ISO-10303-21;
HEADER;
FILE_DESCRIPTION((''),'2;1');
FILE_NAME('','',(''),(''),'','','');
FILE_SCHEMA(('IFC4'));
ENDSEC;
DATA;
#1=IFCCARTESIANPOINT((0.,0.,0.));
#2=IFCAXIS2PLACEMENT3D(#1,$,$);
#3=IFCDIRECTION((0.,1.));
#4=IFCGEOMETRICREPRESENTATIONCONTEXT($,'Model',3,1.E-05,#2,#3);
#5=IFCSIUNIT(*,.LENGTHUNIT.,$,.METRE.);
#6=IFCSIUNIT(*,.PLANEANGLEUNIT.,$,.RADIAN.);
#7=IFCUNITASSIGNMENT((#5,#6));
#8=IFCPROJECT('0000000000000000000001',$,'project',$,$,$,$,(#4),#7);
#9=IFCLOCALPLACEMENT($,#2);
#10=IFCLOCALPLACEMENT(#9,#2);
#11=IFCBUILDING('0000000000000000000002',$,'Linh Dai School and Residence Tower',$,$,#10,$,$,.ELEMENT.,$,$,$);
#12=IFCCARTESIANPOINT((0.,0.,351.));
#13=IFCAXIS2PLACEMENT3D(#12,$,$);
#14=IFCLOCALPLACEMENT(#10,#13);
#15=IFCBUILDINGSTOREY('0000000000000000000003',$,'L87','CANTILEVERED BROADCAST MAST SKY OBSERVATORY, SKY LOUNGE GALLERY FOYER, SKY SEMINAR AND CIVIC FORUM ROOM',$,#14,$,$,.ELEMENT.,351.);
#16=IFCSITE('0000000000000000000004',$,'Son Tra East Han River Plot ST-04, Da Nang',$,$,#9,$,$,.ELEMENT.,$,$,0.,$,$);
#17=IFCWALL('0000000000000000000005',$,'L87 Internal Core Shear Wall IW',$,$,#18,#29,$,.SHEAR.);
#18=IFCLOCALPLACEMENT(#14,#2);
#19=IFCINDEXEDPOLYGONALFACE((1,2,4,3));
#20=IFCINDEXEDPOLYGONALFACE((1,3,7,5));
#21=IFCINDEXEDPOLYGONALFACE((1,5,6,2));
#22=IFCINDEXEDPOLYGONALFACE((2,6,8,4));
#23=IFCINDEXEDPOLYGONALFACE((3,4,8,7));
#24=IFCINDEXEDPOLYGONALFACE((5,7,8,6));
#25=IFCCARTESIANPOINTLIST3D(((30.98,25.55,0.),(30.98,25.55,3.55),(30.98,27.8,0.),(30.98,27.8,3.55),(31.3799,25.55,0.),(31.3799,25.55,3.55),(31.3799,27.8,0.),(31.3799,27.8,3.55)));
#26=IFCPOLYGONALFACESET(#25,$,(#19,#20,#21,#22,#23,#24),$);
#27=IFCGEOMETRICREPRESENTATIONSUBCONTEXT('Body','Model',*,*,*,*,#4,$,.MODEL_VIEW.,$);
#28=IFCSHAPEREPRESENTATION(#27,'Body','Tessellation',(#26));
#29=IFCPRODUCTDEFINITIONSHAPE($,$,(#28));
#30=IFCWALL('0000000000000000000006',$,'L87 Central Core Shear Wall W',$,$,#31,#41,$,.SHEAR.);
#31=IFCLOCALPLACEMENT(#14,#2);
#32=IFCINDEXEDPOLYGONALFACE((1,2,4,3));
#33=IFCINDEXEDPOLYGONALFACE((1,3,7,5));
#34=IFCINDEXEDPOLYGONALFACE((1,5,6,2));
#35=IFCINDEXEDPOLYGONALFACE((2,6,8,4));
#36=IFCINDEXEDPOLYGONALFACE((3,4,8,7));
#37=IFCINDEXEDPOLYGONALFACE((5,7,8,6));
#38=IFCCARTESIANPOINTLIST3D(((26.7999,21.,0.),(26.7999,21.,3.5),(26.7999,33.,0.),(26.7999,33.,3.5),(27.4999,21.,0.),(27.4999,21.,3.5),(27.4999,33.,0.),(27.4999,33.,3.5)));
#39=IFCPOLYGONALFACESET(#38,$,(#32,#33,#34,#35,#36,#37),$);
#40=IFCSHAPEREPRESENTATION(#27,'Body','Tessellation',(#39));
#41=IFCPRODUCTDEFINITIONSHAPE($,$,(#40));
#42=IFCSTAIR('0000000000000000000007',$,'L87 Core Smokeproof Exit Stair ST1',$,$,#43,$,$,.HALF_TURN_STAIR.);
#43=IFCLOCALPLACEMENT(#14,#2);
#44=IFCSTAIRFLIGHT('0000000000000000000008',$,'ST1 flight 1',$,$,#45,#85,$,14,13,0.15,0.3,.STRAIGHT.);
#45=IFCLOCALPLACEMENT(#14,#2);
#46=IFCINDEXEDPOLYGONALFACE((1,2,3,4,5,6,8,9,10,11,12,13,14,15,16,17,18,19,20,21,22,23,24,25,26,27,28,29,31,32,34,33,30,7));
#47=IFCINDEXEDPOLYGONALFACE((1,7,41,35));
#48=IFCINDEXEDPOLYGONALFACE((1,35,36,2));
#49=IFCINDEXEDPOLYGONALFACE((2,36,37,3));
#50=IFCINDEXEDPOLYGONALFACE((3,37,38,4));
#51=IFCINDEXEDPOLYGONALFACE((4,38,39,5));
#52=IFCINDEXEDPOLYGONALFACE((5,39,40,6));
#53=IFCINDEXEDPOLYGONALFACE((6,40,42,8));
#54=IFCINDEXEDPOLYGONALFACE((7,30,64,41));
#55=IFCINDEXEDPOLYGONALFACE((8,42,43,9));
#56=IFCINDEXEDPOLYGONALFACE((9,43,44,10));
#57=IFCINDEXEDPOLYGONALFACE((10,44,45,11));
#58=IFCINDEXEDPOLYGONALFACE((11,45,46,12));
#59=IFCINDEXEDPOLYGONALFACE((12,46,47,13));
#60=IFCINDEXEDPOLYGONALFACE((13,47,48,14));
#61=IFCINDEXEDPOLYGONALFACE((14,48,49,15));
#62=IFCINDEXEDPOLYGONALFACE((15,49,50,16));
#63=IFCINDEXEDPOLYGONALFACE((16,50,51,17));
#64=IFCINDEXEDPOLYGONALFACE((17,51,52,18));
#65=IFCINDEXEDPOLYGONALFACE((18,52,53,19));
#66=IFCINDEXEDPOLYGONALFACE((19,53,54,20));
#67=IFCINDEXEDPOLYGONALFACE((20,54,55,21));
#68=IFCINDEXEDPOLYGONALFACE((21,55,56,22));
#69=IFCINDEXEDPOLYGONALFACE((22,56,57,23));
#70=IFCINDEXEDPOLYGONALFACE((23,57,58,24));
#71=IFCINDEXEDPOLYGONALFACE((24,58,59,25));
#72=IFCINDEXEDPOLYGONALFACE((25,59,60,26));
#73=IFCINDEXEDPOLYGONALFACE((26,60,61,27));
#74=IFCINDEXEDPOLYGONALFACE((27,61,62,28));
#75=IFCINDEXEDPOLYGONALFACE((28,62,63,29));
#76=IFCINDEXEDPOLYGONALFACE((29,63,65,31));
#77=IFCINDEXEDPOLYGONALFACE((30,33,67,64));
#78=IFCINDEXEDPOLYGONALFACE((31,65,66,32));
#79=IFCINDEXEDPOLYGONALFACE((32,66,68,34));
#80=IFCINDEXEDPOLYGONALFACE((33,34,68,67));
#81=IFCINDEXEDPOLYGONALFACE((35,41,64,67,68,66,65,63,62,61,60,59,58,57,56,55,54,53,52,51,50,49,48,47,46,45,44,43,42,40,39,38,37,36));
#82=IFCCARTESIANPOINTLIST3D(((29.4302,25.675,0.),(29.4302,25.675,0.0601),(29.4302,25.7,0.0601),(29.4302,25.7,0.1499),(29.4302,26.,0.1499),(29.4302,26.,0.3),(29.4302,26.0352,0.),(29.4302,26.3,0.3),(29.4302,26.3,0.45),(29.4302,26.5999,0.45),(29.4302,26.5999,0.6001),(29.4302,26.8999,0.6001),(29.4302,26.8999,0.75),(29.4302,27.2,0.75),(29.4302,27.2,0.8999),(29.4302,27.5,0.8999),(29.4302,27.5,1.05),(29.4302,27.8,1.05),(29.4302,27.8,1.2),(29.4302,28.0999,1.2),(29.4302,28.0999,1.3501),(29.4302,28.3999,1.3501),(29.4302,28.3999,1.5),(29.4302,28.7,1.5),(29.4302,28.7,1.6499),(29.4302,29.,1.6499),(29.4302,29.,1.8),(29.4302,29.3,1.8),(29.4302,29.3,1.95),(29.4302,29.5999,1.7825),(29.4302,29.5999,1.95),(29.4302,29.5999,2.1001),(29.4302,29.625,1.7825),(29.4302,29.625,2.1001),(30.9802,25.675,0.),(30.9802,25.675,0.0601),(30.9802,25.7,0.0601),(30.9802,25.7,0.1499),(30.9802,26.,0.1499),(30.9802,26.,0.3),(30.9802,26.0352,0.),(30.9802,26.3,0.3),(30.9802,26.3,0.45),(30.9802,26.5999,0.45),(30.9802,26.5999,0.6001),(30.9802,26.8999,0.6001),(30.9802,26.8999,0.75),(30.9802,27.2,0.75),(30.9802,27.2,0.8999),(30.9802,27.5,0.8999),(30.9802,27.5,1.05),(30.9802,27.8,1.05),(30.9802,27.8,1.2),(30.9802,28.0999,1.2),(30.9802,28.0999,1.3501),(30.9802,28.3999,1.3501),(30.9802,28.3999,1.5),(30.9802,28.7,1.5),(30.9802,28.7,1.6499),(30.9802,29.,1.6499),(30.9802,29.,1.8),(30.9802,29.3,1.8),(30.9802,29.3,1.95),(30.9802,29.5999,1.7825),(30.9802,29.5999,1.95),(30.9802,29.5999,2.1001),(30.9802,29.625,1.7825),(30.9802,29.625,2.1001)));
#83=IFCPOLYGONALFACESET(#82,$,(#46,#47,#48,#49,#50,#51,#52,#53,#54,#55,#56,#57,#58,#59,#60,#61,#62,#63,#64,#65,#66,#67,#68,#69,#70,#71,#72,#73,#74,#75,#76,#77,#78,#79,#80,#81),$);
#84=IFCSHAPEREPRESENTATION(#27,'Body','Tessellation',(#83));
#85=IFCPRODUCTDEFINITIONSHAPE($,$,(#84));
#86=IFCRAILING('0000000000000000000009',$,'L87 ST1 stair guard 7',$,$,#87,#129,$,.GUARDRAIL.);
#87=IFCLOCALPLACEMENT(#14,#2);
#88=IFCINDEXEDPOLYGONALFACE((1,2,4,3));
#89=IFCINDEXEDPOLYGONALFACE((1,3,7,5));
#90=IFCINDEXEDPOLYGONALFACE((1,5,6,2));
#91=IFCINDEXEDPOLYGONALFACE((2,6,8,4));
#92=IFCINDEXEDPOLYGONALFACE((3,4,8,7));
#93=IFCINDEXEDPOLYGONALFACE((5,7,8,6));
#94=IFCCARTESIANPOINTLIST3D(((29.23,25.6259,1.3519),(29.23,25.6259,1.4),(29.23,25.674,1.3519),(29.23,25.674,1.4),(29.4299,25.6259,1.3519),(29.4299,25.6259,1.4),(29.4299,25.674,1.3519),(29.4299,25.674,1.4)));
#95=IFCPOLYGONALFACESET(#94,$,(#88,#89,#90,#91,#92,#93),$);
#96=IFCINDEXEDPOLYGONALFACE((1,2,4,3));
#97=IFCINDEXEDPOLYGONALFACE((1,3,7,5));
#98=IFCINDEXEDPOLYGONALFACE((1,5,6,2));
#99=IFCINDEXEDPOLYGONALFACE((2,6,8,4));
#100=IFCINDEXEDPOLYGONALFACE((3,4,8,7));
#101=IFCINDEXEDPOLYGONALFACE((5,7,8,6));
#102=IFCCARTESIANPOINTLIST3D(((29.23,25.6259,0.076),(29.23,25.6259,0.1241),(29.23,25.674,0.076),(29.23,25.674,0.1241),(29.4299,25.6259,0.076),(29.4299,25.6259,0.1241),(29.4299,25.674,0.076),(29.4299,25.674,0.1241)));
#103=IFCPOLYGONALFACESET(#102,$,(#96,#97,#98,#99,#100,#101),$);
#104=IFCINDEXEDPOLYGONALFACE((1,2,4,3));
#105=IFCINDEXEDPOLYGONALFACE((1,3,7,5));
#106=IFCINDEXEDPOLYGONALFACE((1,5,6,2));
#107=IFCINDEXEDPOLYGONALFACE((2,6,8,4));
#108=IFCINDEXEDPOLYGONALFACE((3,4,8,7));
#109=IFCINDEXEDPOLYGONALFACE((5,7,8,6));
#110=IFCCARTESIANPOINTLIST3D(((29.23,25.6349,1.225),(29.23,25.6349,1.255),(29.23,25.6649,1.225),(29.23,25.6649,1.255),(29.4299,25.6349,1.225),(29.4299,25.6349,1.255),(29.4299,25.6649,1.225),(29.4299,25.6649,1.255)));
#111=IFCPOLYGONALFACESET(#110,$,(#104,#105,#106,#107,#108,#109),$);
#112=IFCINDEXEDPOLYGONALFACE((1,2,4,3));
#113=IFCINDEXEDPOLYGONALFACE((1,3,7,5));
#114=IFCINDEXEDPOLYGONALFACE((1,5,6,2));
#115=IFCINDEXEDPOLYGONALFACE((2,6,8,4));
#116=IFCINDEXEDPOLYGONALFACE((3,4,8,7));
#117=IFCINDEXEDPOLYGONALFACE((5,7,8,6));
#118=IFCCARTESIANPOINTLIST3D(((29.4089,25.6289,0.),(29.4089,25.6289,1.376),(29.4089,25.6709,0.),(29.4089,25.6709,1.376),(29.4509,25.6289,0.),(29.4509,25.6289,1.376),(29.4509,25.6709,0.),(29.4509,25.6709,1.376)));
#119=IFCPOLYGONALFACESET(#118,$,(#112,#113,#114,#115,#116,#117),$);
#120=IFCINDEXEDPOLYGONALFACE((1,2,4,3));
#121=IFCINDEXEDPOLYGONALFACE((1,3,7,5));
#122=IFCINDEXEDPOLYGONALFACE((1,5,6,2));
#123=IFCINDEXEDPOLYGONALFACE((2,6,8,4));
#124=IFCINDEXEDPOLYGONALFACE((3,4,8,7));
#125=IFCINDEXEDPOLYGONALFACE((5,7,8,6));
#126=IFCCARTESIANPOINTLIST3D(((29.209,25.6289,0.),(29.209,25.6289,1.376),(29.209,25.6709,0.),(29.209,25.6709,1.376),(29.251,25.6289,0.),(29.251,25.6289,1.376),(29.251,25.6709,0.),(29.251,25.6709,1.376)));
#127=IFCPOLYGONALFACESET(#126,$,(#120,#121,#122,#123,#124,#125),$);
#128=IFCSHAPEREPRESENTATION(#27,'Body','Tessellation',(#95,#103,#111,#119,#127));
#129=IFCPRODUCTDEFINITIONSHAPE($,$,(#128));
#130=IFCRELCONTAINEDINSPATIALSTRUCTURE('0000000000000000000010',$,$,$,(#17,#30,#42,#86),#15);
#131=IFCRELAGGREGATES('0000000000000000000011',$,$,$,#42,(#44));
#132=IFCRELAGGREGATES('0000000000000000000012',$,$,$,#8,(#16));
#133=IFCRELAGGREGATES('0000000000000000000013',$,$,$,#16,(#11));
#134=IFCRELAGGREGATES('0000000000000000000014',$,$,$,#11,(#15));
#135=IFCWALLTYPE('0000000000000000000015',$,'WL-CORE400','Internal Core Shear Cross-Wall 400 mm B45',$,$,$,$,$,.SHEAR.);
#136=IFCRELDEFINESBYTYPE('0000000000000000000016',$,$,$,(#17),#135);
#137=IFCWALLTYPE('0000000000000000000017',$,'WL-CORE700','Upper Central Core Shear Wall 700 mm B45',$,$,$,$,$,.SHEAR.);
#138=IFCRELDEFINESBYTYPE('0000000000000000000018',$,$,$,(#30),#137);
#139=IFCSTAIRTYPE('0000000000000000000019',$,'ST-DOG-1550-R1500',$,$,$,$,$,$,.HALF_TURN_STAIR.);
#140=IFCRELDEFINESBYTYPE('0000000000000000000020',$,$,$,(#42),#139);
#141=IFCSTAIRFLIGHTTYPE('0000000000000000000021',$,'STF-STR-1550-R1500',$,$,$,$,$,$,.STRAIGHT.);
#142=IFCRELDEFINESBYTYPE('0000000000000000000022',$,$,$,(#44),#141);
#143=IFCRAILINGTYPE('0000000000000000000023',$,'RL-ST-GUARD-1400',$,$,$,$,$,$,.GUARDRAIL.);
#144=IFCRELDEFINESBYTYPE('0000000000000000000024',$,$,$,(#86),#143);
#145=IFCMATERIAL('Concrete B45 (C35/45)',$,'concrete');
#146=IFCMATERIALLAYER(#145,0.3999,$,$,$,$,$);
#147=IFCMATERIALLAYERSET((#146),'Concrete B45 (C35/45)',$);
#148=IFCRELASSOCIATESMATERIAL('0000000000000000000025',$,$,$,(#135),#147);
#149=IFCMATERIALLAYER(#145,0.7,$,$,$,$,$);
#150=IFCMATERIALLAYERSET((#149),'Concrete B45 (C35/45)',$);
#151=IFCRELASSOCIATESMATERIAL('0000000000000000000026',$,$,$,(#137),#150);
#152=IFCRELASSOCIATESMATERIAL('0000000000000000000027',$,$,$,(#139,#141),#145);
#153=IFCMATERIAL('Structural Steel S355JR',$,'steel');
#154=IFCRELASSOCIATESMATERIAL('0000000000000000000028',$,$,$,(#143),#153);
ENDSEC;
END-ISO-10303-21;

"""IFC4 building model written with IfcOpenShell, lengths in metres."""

from ifc_helpers import new_model, si_unit, direction, frame, frame_2d, origin, origin_2d, place, context, subcontext, project, spatial, polyline, rectangle, outline, extrude, source, transform, mapped, material, layer, layer_set, type_object, element, aggregate, save


model = new_model("IFC4")

# Units and contexts
model_context = context("Model", 3, precision=1e-05, world=origin(), true_north=direction((0.0, 1.0)))
body_context = subcontext(model_context, "Body", "Model", "MODEL_VIEW")
ifc_project = project(units=[si_unit("LENGTHUNIT", "METRE"), si_unit("PLANEANGLEUNIT", "RADIAN")], contexts=[model_context])

# Site, building, storey
site_placement = place(None, origin())
site = spatial("IfcSite", under=ifc_project, at=site_placement, Name="Son Tra East Han River Plot ST-04, Da Nang", CompositionType="ELEMENT", RefElevation=0.0)
building_placement = place(site_placement, origin())
building = spatial("IfcBuilding", under=site, at=building_placement, Name="Linh Dai School and Residence Tower", CompositionType="ELEMENT")
storey_placement = place(building_placement, frame((0.0, 0.0, 351.0)))
storey = spatial("IfcBuildingStorey", under=building, at=storey_placement, Name="L87", Description="CANTILEVERED BROADCAST MAST SKY OBSERVATORY, SKY LOUNGE GALLERY FOYER, SKY SEMINAR AND CIVIC FORUM ROOM", CompositionType="ELEMENT", Elevation=351.0)

# Shared definitions
ifc_material_1 = material(Name="Structural Steel S355JR", Category="steel")

# Shared definitions
ifc_material_2 = material(Name="Concrete B45 (C35/45)", Category="concrete")

# Walls
ifc_layer_1 = layer(ifc_material_2, 0.3999)
ifc_layer_set_1 = layer_set([ifc_layer_1], Name="Concrete B45 (C35/45)")
wall_type_1 = type_object("IfcWallType", Name="WL-CORE400", Description="Internal Core Shear Cross-Wall 400 mm B45", PredefinedType="SHEAR", material=ifc_layer_set_1)
wall_1_placement = place(storey_placement, frame((31.1799, 25.55, 0.0), z_axis=(0.0, 0.0, 1.0), x_axis=(0.0, 1.0, 0.0)))
element("IfcWall", 1, at=wall_1_placement, inside=storey, type_object=wall_type_1, Name="L87 Internal Core Shear Wall IW", PredefinedType="SHEAR", context=body_context, shape_type="SweptSolid", body=[
    extrude(rectangle(XDim=2.25, YDim=0.3999, at=frame_2d((1.125, 0.0))), origin(), (0.0, 0.0, 1.0), 3.55),
])
ifc_layer_2 = layer(ifc_material_2, 0.7)
ifc_layer_set_2 = layer_set([ifc_layer_2], Name="Concrete B45 (C35/45)")
wall_type_2 = type_object("IfcWallType", Name="WL-CORE700", Description="Upper Central Core Shear Wall 700 mm B45", PredefinedType="SHEAR", material=ifc_layer_set_2)
wall_2_placement = place(storey_placement, frame((27.1499, 21.0, 0.0), z_axis=(0.0, 0.0, 1.0), x_axis=(0.0, 1.0, 0.0)))
element("IfcWall", 2, at=wall_2_placement, inside=storey, type_object=wall_type_2, Name="L87 Central Core Shear Wall W", PredefinedType="SHEAR", context=body_context, shape_type="SweptSolid", body=[
    extrude(rectangle(XDim=12.0, YDim=0.7, at=frame_2d((6.0, 0.0))), origin(), (0.0, 0.0, 1.0), 3.5),
])

# Stair, stair flight
stair_type = type_object("IfcStairType", Name="ST-DOG-1550-R1500", PredefinedType="HALF_TURN_STAIR", material=ifc_material_2)
stair_placement = place(storey_placement, origin())
stair = element("IfcStair", 3, at=stair_placement, inside=storey, type_object=stair_type, Name="L87 Core Smokeproof Exit Stair ST1", PredefinedType="HALF_TURN_STAIR")
stair_flight_type = type_object("IfcStairFlightType", Name="STF-STR-1550-R1500", PredefinedType="STRAIGHT", material=ifc_material_2)
shared_shape_1 = source(origin(), body_context, "Body", "SweptSolid", [
    extrude(outline(polyline([(-0.0249, 0.0), (-0.0249, 0.0601), (0.0, 0.0601), (0.0, 0.1499), (0.3, 0.1499), (0.3, 0.3), (0.6001, 0.3), (0.6001, 0.45), (0.8999, 0.45), (0.8999, 0.6001), (1.2, 0.6001), (1.2, 0.75), (1.5, 0.75), (1.5, 0.8999), (1.8, 0.8999), (1.8, 1.05), (2.1001, 1.05), (2.1001, 1.2), (2.3999, 1.2), (2.3999, 1.3501), (2.7, 1.3501), (2.7, 1.5), (3.0, 1.5), (3.0, 1.6499), (3.3, 1.6499), (3.3, 1.8), (3.6001, 1.8), (3.6001, 1.95), (3.8999, 1.95), (3.8999, 2.1001), (3.925, 2.1001), (3.925, 1.7825), (3.8999, 1.7825), (0.3352, 0.0), (-0.0249, 0.0)])), frame((0.0, 0.7749, 0.0), z_axis=(0.0, -1.0, 0.0), x_axis=(1.0, 0.0, 0.0)), (0.0, 0.0, 1.0), 1.55),
])
stair_flight_placement = place(storey_placement, frame((30.2051, 25.7, 0.0), z_axis=(0.0, 0.0, 1.0), x_axis=(0.0, 1.0, 0.0)))
stair_flight = element("IfcStairFlight", 4, at=stair_flight_placement, type_object=stair_flight_type, Name="ST1 flight 1", NumberOfRisers=14, NumberOfTreads=13, PredefinedType="STRAIGHT", RiserHeight=0.15, TreadLength=0.3, context=body_context, shape_type="MappedRepresentation", body=[
    mapped(shared_shape_1, transform((0.0, 0.0, 0.0), x_axis=(1.0, 0.0, 0.0), y_axis=(0.0, 1.0, 0.0), z_axis=(0.0, 0.0, 1.0), scale=1.0)),
])
aggregate(stair, [stair_flight])

# Railing
railing_type_1 = type_object("IfcRailingType", Name="RL-ST-GUARD-1400", PredefinedType="GUARDRAIL", material=ifc_material_1)
shared_shape_2 = source(origin(), body_context, "Body", "SweptSolid", [
    extrude(rectangle(XDim=0.0481, YDim=0.0481, at=origin_2d()), frame((0.0, 0.0, 1.376), z_axis=(-1.0, 0.0, 0.0), x_axis=(0.0, -1.0, 0.0)), (0.0, 0.0, 1.0), 0.2),
    extrude(rectangle(XDim=0.0481, YDim=0.0481, at=origin_2d()), frame((0.0, 0.0, 0.1001), z_axis=(-1.0, 0.0, 0.0), x_axis=(0.0, -1.0, 0.0)), (0.0, 0.0, 1.0), 0.2),
    extrude(rectangle(XDim=0.03, YDim=0.03, at=origin_2d()), frame((0.0, 0.0, 1.24), z_axis=(-1.0, 0.0, 0.0), x_axis=(0.0, -1.0, 0.0)), (0.0, 0.0, 1.0), 0.2),
    extrude(rectangle(XDim=0.042, YDim=0.042, at=origin_2d()), origin(), (0.0, 0.0, 1.0), 1.376),
    extrude(rectangle(XDim=0.042, YDim=0.042, at=origin_2d()), frame((-0.2, 0.0, 0.0)), (0.0, 0.0, 1.0), 1.376),
])
railing_1_placement = place(storey_placement, frame((29.4299, 25.6499, 0.0)))
element("IfcRailing", 5, at=railing_1_placement, inside=storey, type_object=railing_type_1, Name="L87 ST1 stair guard 7", PredefinedType="GUARDRAIL", context=body_context, shape_type="MappedRepresentation", body=[
    mapped(shared_shape_2, transform((0.0, 0.0, 0.0), x_axis=(1.0, 0.0, 0.0), y_axis=(0.0, 1.0, 0.0), z_axis=(0.0, 0.0, 1.0), scale=1.0)),
])

save(model, "model.ifc")
